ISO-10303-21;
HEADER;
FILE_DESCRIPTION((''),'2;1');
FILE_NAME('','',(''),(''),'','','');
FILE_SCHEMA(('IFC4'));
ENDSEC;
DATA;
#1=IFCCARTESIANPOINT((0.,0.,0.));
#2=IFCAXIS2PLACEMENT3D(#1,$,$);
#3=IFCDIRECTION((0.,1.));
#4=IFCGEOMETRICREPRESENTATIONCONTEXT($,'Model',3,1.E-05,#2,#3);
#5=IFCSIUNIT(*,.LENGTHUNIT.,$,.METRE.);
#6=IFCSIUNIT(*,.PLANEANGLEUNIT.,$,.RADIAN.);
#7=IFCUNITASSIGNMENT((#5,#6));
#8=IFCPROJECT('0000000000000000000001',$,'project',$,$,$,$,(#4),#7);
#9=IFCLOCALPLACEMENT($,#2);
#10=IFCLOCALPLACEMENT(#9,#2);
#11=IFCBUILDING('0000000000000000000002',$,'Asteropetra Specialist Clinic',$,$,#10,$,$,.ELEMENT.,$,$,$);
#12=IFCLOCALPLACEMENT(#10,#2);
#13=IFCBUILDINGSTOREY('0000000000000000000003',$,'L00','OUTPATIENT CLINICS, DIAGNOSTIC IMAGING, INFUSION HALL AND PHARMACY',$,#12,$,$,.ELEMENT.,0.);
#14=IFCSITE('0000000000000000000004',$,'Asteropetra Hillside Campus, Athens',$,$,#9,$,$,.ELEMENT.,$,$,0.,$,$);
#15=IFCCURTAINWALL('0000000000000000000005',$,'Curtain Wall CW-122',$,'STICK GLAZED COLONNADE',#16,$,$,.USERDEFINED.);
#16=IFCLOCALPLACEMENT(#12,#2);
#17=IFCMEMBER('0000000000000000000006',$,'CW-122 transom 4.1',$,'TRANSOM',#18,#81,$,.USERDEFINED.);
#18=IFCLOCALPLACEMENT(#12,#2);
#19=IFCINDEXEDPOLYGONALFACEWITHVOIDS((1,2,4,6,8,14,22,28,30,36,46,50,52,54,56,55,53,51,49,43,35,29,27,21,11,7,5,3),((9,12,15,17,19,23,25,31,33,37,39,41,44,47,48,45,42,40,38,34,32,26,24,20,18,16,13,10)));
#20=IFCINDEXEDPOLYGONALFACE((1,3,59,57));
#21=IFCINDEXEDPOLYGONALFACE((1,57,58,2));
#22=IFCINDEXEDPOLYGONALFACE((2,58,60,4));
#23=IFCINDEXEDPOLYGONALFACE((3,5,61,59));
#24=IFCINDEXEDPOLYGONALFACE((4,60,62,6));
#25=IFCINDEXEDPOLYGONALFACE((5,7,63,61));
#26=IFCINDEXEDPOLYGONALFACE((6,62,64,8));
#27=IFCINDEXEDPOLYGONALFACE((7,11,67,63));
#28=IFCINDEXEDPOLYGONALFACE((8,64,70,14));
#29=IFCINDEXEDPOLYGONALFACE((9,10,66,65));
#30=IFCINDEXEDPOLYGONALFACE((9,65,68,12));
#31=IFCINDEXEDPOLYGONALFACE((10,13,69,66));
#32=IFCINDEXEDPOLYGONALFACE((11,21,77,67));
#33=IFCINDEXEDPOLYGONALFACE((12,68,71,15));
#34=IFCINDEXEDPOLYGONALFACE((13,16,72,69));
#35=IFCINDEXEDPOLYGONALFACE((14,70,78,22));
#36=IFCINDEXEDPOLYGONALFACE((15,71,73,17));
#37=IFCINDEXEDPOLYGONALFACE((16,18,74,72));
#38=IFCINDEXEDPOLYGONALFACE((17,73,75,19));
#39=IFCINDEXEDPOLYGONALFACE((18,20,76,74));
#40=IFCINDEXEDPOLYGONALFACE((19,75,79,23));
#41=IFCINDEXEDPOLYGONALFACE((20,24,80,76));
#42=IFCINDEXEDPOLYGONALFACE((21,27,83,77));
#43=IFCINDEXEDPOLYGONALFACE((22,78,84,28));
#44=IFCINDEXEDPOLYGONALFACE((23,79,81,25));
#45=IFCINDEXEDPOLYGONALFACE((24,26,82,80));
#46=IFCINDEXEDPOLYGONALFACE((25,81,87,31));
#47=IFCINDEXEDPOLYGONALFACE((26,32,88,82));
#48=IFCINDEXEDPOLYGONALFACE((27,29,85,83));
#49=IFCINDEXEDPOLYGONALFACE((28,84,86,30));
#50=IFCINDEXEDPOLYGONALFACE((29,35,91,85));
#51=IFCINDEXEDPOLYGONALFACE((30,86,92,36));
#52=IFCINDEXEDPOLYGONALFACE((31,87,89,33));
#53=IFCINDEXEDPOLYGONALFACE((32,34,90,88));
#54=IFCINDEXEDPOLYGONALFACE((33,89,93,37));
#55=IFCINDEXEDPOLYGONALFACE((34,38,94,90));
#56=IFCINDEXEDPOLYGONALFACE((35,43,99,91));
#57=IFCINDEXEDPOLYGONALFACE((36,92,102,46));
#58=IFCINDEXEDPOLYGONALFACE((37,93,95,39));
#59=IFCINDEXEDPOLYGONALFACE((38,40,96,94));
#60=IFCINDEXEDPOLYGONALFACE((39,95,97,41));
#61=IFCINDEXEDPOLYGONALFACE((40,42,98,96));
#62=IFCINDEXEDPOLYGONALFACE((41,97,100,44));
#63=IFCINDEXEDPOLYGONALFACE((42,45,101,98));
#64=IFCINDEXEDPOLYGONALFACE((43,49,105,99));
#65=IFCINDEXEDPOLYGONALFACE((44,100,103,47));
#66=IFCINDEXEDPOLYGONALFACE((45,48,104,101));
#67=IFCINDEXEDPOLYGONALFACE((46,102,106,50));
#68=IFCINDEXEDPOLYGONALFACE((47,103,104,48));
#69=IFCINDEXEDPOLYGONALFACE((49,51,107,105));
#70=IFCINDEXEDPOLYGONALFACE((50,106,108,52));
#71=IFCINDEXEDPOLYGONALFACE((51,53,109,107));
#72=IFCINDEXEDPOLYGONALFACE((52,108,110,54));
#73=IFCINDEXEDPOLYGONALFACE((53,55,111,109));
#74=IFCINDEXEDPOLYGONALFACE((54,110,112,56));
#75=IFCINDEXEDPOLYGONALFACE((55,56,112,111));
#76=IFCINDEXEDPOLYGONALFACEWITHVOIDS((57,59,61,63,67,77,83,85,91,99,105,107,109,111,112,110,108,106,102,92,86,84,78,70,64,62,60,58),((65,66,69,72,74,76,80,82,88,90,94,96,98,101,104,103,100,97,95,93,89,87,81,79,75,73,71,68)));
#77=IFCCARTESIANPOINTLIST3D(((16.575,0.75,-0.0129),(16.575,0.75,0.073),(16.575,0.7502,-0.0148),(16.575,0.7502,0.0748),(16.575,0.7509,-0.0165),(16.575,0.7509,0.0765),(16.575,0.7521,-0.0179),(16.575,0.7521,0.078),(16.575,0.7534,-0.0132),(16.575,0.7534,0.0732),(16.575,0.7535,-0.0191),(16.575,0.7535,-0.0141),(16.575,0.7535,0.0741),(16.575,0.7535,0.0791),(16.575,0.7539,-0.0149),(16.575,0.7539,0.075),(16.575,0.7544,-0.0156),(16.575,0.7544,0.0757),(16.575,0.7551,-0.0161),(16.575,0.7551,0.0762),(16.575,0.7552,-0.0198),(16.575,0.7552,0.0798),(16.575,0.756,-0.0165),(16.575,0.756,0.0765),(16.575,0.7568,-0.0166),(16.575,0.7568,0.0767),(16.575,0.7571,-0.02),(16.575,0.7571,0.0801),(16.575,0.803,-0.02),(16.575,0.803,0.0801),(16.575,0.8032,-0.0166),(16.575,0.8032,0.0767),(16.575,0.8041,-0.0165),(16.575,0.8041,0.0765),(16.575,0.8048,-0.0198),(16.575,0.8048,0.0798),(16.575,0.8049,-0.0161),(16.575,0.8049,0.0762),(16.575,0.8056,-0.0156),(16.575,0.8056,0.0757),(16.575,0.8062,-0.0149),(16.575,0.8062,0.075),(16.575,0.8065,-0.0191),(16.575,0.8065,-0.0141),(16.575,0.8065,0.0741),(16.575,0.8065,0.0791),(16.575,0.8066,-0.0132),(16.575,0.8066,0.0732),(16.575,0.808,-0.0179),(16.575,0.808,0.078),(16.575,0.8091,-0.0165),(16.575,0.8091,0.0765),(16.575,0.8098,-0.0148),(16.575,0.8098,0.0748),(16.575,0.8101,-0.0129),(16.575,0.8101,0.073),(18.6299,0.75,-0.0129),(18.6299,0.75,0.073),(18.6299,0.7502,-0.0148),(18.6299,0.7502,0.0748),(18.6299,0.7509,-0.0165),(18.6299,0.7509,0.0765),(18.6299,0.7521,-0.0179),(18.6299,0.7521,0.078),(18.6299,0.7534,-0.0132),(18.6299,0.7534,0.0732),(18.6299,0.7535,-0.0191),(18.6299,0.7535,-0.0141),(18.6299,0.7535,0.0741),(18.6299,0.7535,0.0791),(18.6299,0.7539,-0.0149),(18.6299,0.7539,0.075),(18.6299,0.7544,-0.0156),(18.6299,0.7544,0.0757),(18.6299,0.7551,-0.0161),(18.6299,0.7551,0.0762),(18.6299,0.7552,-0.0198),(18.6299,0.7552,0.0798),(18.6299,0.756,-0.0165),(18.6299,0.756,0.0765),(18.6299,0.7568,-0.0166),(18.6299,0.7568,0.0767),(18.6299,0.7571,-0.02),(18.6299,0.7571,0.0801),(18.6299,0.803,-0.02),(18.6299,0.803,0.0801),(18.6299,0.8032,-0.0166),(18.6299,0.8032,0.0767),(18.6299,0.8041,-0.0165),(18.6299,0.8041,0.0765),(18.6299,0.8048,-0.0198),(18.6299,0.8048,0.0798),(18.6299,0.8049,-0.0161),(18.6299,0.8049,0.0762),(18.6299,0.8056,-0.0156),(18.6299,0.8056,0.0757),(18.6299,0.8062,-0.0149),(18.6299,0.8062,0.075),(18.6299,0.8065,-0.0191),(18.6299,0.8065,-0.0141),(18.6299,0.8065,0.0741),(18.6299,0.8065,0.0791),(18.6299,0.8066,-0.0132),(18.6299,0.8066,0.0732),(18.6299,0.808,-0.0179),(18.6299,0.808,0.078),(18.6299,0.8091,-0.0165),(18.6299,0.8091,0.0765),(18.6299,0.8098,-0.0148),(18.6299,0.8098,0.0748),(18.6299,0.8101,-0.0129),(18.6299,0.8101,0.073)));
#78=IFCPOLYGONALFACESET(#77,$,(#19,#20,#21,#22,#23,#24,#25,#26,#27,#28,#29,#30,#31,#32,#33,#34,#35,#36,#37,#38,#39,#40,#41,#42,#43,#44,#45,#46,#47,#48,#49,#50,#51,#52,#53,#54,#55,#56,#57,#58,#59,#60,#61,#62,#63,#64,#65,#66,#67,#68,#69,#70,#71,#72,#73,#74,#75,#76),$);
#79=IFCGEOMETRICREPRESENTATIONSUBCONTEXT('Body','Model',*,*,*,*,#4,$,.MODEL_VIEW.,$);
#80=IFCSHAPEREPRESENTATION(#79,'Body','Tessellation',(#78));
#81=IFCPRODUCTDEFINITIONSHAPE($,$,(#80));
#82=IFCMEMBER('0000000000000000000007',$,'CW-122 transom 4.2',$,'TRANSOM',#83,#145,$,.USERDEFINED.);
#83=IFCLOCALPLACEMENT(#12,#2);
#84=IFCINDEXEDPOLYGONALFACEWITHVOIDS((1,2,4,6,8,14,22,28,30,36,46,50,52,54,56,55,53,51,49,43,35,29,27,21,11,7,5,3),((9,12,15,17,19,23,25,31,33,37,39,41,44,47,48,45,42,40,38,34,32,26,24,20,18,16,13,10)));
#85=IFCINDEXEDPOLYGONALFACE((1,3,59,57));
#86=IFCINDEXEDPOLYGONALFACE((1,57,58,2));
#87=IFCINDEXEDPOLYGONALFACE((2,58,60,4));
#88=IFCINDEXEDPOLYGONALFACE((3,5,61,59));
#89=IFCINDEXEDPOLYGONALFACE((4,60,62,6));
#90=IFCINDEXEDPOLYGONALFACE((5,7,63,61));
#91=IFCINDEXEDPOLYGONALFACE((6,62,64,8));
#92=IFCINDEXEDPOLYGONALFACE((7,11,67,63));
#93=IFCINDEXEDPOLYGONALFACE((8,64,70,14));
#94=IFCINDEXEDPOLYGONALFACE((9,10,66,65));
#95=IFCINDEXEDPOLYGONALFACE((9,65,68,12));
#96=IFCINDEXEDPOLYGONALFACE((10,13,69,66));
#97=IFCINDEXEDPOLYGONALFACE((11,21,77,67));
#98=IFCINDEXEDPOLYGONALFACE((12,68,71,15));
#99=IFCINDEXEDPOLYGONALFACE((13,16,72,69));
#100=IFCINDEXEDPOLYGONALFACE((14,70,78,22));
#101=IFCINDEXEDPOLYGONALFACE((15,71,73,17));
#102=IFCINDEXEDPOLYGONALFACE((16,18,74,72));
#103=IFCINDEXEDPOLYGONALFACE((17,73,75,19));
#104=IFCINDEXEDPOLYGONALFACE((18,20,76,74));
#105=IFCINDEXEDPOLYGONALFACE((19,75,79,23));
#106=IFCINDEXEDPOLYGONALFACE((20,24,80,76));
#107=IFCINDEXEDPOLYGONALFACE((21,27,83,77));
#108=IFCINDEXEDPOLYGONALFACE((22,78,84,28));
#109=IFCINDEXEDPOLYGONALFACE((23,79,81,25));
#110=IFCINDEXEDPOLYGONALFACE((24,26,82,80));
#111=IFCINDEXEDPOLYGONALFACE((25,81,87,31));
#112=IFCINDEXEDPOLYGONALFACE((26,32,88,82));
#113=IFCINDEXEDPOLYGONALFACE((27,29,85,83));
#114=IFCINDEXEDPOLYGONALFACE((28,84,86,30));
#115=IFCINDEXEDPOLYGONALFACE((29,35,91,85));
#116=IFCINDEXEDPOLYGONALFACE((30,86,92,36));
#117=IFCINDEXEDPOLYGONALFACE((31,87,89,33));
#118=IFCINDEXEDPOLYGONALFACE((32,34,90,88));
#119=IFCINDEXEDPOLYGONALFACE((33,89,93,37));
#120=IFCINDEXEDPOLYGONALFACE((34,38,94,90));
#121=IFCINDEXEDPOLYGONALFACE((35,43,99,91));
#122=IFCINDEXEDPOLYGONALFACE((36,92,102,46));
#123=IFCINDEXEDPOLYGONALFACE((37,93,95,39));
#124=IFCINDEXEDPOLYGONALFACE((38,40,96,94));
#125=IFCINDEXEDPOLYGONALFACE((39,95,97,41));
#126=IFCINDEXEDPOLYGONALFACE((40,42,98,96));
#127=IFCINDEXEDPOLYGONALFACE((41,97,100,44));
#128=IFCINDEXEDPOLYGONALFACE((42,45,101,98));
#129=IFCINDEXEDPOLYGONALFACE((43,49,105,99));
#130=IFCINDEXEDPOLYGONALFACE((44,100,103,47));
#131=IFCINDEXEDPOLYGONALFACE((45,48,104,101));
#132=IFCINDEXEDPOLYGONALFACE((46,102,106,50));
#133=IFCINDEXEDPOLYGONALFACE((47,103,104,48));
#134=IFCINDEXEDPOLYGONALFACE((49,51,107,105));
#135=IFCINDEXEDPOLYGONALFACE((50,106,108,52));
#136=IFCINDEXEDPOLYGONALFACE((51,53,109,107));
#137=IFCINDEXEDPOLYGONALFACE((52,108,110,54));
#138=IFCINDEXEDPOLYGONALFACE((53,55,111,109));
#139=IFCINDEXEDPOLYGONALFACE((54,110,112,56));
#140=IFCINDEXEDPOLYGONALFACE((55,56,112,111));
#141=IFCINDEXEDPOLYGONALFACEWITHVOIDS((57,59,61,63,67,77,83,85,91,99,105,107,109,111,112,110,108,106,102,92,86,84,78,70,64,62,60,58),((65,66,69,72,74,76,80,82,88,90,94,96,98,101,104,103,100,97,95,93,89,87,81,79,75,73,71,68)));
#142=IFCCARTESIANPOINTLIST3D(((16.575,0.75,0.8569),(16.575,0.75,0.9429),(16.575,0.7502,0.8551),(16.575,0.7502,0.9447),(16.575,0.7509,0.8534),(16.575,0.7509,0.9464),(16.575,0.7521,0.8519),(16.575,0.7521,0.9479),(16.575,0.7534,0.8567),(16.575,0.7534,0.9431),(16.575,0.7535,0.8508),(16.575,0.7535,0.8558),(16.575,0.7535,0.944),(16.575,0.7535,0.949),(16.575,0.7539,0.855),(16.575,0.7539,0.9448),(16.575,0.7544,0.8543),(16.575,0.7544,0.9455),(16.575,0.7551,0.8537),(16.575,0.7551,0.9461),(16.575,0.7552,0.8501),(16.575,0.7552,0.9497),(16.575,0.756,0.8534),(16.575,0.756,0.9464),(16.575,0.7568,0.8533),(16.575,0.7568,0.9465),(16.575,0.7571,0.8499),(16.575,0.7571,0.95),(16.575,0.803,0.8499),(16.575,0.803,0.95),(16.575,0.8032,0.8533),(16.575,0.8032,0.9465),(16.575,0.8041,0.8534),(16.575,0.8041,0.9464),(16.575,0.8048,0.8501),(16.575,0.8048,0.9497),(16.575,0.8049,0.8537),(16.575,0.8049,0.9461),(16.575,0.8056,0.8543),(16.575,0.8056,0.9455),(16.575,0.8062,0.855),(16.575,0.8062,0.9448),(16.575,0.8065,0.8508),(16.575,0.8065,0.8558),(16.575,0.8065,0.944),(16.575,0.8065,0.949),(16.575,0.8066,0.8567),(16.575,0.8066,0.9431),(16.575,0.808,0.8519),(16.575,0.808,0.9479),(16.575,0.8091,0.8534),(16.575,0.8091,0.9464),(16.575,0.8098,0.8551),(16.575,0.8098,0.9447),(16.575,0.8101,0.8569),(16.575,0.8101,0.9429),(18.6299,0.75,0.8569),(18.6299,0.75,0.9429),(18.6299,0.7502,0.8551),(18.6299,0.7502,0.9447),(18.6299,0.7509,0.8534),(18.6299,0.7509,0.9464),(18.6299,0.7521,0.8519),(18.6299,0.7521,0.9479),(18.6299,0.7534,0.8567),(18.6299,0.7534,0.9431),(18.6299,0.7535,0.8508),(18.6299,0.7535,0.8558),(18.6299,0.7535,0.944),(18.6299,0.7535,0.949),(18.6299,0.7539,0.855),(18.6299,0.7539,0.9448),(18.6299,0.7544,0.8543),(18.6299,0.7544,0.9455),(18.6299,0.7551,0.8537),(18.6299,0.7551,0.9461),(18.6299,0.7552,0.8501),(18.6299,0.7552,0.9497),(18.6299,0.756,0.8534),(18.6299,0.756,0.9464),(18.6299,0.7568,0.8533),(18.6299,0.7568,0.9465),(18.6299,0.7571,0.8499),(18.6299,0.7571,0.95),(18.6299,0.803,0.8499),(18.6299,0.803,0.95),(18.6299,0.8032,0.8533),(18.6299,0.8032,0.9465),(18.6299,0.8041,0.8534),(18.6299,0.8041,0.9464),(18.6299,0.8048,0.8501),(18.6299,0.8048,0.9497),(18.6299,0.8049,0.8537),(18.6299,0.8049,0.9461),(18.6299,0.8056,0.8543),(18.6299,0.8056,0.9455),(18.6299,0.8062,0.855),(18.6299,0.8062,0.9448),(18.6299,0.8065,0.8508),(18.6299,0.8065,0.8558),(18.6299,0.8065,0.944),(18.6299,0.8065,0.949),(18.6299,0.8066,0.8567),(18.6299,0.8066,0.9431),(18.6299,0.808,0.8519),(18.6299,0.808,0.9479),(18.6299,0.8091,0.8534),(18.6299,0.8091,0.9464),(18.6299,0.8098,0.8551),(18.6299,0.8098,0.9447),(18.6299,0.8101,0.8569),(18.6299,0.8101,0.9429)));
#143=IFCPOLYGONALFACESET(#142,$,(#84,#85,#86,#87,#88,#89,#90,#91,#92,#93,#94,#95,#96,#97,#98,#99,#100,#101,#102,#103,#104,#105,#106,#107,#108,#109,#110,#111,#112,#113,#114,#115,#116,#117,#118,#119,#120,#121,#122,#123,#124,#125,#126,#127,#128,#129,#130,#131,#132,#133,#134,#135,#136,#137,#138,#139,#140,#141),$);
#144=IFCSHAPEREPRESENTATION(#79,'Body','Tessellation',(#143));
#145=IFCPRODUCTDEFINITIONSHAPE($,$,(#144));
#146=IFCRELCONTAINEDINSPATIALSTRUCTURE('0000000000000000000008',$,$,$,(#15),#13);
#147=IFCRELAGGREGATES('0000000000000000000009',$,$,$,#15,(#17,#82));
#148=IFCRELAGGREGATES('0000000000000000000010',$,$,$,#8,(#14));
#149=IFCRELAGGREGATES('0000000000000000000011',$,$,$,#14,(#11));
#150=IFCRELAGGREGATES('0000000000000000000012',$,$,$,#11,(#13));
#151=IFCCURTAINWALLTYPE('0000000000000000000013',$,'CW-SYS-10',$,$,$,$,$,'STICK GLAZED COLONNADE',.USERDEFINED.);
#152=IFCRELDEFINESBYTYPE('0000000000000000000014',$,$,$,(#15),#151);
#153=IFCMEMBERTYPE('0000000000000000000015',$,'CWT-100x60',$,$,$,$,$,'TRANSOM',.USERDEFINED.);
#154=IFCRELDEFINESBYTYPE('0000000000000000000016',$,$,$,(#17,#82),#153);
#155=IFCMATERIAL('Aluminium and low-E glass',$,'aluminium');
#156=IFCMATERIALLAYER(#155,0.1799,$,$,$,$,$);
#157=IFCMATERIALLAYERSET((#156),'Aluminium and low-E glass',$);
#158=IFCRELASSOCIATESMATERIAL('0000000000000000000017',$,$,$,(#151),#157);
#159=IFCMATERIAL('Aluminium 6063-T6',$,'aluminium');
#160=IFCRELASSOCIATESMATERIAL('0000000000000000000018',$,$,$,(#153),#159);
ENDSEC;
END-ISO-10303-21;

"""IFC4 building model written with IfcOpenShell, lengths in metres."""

from ifc_helpers import new_model, si_unit, direction, frame, origin, origin_2d, place, context, subcontext, project, spatial, hollow_rectangle, extrude, material, layer, layer_set, material_profile, profile_set, type_object, element, aggregate, save


model = new_model("IFC4")

# Units and contexts
model_context = context("Model", 3, precision=1e-05, world=origin(), true_north=direction((0.0, 1.0)))
body_context = subcontext(model_context, "Body", "Model", "MODEL_VIEW")
ifc_project = project(units=[si_unit("LENGTHUNIT", "METRE"), si_unit("PLANEANGLEUNIT", "RADIAN")], contexts=[model_context])

# Site, building, storey
site_placement = place(None, origin())
site = spatial("IfcSite", under=ifc_project, at=site_placement, Name="Asteropetra Hillside Campus, Athens", CompositionType="ELEMENT", RefElevation=0.0)
building_placement = place(site_placement, origin())
building = spatial("IfcBuilding", under=site, at=building_placement, Name="Asteropetra Specialist Clinic", CompositionType="ELEMENT")
storey_placement = place(building_placement, origin())
storey = spatial("IfcBuildingStorey", under=building, at=storey_placement, Name="L00", Description="OUTPATIENT CLINICS, DIAGNOSTIC IMAGING, INFUSION HALL AND PHARMACY", CompositionType="ELEMENT", Elevation=0.0)

# Curtain wall, members
ifc_material_1 = material(Name="Aluminium and low-E glass", Category="aluminium")
ifc_layer_1 = layer(ifc_material_1, 0.1799)
ifc_layer_set_1 = layer_set([ifc_layer_1], Name="Aluminium and low-E glass")
curtain_wall_type = type_object("IfcCurtainWallType", Name="CW-SYS-10", ElementType="STICK GLAZED COLONNADE", PredefinedType="USERDEFINED", material=ifc_layer_set_1)
curtain_wall_placement = place(storey_placement, origin())
curtain_wall = element("IfcCurtainWall", 1, at=curtain_wall_placement, inside=storey, type_object=curtain_wall_type, Name="Curtain Wall CW-122", ObjectType="STICK GLAZED COLONNADE", PredefinedType="USERDEFINED")
ifc_material_2 = material(Name="Aluminium 6063-T6", Category="aluminium")
ifc_material_profile_1 = material_profile(ifc_material_2, hollow_rectangle(XDim=0.0601, YDim=0.1001, WallThickness=0.0034, InnerFilletRadius=0.0034, OuterFilletRadius=0.0071, at=origin_2d()), Name="TRN 100x60x3.5")
ifc_profile_set_1 = profile_set([ifc_material_profile_1], Name="Aluminium 6063-T6")
member_type_1 = type_object("IfcMemberType", Name="CWT-100x60", ElementType="TRANSOM", PredefinedType="USERDEFINED", material=ifc_profile_set_1)
member_1_placement = place(storey_placement, frame((16.575, 0.78, 0.03), z_axis=(1.0, 0.0, 0.0), x_axis=(0.0, 1.0, 0.0)))
member_1 = element("IfcMember", 2, at=member_1_placement, type_object=member_type_1, Name="CW-122 transom 4.1", ObjectType="TRANSOM", PredefinedType="USERDEFINED", context=body_context, shape_type="SweptSolid", body=[
    extrude(hollow_rectangle(XDim=0.0601, YDim=0.1001, WallThickness=0.0034, InnerFilletRadius=0.0034, OuterFilletRadius=0.0071, at=origin_2d()), origin(), (0.0, 0.0, 1.0), 2.0549),
])
member_2_placement = place(storey_placement, frame((16.575, 0.78, 0.8999), z_axis=(1.0, 0.0, 0.0), x_axis=(0.0, 1.0, 0.0)))
member_2 = element("IfcMember", 3, at=member_2_placement, type_object=member_type_1, Name="CW-122 transom 4.2", ObjectType="TRANSOM", PredefinedType="USERDEFINED", context=body_context, shape_type="SweptSolid", body=[
    extrude(hollow_rectangle(XDim=0.0601, YDim=0.1001, WallThickness=0.0034, InnerFilletRadius=0.0034, OuterFilletRadius=0.0071, at=origin_2d()), origin(), (0.0, 0.0, 1.0), 2.0549),
])

aggregate(curtain_wall, [member_1, member_2])

save(model, "model.ifc")
